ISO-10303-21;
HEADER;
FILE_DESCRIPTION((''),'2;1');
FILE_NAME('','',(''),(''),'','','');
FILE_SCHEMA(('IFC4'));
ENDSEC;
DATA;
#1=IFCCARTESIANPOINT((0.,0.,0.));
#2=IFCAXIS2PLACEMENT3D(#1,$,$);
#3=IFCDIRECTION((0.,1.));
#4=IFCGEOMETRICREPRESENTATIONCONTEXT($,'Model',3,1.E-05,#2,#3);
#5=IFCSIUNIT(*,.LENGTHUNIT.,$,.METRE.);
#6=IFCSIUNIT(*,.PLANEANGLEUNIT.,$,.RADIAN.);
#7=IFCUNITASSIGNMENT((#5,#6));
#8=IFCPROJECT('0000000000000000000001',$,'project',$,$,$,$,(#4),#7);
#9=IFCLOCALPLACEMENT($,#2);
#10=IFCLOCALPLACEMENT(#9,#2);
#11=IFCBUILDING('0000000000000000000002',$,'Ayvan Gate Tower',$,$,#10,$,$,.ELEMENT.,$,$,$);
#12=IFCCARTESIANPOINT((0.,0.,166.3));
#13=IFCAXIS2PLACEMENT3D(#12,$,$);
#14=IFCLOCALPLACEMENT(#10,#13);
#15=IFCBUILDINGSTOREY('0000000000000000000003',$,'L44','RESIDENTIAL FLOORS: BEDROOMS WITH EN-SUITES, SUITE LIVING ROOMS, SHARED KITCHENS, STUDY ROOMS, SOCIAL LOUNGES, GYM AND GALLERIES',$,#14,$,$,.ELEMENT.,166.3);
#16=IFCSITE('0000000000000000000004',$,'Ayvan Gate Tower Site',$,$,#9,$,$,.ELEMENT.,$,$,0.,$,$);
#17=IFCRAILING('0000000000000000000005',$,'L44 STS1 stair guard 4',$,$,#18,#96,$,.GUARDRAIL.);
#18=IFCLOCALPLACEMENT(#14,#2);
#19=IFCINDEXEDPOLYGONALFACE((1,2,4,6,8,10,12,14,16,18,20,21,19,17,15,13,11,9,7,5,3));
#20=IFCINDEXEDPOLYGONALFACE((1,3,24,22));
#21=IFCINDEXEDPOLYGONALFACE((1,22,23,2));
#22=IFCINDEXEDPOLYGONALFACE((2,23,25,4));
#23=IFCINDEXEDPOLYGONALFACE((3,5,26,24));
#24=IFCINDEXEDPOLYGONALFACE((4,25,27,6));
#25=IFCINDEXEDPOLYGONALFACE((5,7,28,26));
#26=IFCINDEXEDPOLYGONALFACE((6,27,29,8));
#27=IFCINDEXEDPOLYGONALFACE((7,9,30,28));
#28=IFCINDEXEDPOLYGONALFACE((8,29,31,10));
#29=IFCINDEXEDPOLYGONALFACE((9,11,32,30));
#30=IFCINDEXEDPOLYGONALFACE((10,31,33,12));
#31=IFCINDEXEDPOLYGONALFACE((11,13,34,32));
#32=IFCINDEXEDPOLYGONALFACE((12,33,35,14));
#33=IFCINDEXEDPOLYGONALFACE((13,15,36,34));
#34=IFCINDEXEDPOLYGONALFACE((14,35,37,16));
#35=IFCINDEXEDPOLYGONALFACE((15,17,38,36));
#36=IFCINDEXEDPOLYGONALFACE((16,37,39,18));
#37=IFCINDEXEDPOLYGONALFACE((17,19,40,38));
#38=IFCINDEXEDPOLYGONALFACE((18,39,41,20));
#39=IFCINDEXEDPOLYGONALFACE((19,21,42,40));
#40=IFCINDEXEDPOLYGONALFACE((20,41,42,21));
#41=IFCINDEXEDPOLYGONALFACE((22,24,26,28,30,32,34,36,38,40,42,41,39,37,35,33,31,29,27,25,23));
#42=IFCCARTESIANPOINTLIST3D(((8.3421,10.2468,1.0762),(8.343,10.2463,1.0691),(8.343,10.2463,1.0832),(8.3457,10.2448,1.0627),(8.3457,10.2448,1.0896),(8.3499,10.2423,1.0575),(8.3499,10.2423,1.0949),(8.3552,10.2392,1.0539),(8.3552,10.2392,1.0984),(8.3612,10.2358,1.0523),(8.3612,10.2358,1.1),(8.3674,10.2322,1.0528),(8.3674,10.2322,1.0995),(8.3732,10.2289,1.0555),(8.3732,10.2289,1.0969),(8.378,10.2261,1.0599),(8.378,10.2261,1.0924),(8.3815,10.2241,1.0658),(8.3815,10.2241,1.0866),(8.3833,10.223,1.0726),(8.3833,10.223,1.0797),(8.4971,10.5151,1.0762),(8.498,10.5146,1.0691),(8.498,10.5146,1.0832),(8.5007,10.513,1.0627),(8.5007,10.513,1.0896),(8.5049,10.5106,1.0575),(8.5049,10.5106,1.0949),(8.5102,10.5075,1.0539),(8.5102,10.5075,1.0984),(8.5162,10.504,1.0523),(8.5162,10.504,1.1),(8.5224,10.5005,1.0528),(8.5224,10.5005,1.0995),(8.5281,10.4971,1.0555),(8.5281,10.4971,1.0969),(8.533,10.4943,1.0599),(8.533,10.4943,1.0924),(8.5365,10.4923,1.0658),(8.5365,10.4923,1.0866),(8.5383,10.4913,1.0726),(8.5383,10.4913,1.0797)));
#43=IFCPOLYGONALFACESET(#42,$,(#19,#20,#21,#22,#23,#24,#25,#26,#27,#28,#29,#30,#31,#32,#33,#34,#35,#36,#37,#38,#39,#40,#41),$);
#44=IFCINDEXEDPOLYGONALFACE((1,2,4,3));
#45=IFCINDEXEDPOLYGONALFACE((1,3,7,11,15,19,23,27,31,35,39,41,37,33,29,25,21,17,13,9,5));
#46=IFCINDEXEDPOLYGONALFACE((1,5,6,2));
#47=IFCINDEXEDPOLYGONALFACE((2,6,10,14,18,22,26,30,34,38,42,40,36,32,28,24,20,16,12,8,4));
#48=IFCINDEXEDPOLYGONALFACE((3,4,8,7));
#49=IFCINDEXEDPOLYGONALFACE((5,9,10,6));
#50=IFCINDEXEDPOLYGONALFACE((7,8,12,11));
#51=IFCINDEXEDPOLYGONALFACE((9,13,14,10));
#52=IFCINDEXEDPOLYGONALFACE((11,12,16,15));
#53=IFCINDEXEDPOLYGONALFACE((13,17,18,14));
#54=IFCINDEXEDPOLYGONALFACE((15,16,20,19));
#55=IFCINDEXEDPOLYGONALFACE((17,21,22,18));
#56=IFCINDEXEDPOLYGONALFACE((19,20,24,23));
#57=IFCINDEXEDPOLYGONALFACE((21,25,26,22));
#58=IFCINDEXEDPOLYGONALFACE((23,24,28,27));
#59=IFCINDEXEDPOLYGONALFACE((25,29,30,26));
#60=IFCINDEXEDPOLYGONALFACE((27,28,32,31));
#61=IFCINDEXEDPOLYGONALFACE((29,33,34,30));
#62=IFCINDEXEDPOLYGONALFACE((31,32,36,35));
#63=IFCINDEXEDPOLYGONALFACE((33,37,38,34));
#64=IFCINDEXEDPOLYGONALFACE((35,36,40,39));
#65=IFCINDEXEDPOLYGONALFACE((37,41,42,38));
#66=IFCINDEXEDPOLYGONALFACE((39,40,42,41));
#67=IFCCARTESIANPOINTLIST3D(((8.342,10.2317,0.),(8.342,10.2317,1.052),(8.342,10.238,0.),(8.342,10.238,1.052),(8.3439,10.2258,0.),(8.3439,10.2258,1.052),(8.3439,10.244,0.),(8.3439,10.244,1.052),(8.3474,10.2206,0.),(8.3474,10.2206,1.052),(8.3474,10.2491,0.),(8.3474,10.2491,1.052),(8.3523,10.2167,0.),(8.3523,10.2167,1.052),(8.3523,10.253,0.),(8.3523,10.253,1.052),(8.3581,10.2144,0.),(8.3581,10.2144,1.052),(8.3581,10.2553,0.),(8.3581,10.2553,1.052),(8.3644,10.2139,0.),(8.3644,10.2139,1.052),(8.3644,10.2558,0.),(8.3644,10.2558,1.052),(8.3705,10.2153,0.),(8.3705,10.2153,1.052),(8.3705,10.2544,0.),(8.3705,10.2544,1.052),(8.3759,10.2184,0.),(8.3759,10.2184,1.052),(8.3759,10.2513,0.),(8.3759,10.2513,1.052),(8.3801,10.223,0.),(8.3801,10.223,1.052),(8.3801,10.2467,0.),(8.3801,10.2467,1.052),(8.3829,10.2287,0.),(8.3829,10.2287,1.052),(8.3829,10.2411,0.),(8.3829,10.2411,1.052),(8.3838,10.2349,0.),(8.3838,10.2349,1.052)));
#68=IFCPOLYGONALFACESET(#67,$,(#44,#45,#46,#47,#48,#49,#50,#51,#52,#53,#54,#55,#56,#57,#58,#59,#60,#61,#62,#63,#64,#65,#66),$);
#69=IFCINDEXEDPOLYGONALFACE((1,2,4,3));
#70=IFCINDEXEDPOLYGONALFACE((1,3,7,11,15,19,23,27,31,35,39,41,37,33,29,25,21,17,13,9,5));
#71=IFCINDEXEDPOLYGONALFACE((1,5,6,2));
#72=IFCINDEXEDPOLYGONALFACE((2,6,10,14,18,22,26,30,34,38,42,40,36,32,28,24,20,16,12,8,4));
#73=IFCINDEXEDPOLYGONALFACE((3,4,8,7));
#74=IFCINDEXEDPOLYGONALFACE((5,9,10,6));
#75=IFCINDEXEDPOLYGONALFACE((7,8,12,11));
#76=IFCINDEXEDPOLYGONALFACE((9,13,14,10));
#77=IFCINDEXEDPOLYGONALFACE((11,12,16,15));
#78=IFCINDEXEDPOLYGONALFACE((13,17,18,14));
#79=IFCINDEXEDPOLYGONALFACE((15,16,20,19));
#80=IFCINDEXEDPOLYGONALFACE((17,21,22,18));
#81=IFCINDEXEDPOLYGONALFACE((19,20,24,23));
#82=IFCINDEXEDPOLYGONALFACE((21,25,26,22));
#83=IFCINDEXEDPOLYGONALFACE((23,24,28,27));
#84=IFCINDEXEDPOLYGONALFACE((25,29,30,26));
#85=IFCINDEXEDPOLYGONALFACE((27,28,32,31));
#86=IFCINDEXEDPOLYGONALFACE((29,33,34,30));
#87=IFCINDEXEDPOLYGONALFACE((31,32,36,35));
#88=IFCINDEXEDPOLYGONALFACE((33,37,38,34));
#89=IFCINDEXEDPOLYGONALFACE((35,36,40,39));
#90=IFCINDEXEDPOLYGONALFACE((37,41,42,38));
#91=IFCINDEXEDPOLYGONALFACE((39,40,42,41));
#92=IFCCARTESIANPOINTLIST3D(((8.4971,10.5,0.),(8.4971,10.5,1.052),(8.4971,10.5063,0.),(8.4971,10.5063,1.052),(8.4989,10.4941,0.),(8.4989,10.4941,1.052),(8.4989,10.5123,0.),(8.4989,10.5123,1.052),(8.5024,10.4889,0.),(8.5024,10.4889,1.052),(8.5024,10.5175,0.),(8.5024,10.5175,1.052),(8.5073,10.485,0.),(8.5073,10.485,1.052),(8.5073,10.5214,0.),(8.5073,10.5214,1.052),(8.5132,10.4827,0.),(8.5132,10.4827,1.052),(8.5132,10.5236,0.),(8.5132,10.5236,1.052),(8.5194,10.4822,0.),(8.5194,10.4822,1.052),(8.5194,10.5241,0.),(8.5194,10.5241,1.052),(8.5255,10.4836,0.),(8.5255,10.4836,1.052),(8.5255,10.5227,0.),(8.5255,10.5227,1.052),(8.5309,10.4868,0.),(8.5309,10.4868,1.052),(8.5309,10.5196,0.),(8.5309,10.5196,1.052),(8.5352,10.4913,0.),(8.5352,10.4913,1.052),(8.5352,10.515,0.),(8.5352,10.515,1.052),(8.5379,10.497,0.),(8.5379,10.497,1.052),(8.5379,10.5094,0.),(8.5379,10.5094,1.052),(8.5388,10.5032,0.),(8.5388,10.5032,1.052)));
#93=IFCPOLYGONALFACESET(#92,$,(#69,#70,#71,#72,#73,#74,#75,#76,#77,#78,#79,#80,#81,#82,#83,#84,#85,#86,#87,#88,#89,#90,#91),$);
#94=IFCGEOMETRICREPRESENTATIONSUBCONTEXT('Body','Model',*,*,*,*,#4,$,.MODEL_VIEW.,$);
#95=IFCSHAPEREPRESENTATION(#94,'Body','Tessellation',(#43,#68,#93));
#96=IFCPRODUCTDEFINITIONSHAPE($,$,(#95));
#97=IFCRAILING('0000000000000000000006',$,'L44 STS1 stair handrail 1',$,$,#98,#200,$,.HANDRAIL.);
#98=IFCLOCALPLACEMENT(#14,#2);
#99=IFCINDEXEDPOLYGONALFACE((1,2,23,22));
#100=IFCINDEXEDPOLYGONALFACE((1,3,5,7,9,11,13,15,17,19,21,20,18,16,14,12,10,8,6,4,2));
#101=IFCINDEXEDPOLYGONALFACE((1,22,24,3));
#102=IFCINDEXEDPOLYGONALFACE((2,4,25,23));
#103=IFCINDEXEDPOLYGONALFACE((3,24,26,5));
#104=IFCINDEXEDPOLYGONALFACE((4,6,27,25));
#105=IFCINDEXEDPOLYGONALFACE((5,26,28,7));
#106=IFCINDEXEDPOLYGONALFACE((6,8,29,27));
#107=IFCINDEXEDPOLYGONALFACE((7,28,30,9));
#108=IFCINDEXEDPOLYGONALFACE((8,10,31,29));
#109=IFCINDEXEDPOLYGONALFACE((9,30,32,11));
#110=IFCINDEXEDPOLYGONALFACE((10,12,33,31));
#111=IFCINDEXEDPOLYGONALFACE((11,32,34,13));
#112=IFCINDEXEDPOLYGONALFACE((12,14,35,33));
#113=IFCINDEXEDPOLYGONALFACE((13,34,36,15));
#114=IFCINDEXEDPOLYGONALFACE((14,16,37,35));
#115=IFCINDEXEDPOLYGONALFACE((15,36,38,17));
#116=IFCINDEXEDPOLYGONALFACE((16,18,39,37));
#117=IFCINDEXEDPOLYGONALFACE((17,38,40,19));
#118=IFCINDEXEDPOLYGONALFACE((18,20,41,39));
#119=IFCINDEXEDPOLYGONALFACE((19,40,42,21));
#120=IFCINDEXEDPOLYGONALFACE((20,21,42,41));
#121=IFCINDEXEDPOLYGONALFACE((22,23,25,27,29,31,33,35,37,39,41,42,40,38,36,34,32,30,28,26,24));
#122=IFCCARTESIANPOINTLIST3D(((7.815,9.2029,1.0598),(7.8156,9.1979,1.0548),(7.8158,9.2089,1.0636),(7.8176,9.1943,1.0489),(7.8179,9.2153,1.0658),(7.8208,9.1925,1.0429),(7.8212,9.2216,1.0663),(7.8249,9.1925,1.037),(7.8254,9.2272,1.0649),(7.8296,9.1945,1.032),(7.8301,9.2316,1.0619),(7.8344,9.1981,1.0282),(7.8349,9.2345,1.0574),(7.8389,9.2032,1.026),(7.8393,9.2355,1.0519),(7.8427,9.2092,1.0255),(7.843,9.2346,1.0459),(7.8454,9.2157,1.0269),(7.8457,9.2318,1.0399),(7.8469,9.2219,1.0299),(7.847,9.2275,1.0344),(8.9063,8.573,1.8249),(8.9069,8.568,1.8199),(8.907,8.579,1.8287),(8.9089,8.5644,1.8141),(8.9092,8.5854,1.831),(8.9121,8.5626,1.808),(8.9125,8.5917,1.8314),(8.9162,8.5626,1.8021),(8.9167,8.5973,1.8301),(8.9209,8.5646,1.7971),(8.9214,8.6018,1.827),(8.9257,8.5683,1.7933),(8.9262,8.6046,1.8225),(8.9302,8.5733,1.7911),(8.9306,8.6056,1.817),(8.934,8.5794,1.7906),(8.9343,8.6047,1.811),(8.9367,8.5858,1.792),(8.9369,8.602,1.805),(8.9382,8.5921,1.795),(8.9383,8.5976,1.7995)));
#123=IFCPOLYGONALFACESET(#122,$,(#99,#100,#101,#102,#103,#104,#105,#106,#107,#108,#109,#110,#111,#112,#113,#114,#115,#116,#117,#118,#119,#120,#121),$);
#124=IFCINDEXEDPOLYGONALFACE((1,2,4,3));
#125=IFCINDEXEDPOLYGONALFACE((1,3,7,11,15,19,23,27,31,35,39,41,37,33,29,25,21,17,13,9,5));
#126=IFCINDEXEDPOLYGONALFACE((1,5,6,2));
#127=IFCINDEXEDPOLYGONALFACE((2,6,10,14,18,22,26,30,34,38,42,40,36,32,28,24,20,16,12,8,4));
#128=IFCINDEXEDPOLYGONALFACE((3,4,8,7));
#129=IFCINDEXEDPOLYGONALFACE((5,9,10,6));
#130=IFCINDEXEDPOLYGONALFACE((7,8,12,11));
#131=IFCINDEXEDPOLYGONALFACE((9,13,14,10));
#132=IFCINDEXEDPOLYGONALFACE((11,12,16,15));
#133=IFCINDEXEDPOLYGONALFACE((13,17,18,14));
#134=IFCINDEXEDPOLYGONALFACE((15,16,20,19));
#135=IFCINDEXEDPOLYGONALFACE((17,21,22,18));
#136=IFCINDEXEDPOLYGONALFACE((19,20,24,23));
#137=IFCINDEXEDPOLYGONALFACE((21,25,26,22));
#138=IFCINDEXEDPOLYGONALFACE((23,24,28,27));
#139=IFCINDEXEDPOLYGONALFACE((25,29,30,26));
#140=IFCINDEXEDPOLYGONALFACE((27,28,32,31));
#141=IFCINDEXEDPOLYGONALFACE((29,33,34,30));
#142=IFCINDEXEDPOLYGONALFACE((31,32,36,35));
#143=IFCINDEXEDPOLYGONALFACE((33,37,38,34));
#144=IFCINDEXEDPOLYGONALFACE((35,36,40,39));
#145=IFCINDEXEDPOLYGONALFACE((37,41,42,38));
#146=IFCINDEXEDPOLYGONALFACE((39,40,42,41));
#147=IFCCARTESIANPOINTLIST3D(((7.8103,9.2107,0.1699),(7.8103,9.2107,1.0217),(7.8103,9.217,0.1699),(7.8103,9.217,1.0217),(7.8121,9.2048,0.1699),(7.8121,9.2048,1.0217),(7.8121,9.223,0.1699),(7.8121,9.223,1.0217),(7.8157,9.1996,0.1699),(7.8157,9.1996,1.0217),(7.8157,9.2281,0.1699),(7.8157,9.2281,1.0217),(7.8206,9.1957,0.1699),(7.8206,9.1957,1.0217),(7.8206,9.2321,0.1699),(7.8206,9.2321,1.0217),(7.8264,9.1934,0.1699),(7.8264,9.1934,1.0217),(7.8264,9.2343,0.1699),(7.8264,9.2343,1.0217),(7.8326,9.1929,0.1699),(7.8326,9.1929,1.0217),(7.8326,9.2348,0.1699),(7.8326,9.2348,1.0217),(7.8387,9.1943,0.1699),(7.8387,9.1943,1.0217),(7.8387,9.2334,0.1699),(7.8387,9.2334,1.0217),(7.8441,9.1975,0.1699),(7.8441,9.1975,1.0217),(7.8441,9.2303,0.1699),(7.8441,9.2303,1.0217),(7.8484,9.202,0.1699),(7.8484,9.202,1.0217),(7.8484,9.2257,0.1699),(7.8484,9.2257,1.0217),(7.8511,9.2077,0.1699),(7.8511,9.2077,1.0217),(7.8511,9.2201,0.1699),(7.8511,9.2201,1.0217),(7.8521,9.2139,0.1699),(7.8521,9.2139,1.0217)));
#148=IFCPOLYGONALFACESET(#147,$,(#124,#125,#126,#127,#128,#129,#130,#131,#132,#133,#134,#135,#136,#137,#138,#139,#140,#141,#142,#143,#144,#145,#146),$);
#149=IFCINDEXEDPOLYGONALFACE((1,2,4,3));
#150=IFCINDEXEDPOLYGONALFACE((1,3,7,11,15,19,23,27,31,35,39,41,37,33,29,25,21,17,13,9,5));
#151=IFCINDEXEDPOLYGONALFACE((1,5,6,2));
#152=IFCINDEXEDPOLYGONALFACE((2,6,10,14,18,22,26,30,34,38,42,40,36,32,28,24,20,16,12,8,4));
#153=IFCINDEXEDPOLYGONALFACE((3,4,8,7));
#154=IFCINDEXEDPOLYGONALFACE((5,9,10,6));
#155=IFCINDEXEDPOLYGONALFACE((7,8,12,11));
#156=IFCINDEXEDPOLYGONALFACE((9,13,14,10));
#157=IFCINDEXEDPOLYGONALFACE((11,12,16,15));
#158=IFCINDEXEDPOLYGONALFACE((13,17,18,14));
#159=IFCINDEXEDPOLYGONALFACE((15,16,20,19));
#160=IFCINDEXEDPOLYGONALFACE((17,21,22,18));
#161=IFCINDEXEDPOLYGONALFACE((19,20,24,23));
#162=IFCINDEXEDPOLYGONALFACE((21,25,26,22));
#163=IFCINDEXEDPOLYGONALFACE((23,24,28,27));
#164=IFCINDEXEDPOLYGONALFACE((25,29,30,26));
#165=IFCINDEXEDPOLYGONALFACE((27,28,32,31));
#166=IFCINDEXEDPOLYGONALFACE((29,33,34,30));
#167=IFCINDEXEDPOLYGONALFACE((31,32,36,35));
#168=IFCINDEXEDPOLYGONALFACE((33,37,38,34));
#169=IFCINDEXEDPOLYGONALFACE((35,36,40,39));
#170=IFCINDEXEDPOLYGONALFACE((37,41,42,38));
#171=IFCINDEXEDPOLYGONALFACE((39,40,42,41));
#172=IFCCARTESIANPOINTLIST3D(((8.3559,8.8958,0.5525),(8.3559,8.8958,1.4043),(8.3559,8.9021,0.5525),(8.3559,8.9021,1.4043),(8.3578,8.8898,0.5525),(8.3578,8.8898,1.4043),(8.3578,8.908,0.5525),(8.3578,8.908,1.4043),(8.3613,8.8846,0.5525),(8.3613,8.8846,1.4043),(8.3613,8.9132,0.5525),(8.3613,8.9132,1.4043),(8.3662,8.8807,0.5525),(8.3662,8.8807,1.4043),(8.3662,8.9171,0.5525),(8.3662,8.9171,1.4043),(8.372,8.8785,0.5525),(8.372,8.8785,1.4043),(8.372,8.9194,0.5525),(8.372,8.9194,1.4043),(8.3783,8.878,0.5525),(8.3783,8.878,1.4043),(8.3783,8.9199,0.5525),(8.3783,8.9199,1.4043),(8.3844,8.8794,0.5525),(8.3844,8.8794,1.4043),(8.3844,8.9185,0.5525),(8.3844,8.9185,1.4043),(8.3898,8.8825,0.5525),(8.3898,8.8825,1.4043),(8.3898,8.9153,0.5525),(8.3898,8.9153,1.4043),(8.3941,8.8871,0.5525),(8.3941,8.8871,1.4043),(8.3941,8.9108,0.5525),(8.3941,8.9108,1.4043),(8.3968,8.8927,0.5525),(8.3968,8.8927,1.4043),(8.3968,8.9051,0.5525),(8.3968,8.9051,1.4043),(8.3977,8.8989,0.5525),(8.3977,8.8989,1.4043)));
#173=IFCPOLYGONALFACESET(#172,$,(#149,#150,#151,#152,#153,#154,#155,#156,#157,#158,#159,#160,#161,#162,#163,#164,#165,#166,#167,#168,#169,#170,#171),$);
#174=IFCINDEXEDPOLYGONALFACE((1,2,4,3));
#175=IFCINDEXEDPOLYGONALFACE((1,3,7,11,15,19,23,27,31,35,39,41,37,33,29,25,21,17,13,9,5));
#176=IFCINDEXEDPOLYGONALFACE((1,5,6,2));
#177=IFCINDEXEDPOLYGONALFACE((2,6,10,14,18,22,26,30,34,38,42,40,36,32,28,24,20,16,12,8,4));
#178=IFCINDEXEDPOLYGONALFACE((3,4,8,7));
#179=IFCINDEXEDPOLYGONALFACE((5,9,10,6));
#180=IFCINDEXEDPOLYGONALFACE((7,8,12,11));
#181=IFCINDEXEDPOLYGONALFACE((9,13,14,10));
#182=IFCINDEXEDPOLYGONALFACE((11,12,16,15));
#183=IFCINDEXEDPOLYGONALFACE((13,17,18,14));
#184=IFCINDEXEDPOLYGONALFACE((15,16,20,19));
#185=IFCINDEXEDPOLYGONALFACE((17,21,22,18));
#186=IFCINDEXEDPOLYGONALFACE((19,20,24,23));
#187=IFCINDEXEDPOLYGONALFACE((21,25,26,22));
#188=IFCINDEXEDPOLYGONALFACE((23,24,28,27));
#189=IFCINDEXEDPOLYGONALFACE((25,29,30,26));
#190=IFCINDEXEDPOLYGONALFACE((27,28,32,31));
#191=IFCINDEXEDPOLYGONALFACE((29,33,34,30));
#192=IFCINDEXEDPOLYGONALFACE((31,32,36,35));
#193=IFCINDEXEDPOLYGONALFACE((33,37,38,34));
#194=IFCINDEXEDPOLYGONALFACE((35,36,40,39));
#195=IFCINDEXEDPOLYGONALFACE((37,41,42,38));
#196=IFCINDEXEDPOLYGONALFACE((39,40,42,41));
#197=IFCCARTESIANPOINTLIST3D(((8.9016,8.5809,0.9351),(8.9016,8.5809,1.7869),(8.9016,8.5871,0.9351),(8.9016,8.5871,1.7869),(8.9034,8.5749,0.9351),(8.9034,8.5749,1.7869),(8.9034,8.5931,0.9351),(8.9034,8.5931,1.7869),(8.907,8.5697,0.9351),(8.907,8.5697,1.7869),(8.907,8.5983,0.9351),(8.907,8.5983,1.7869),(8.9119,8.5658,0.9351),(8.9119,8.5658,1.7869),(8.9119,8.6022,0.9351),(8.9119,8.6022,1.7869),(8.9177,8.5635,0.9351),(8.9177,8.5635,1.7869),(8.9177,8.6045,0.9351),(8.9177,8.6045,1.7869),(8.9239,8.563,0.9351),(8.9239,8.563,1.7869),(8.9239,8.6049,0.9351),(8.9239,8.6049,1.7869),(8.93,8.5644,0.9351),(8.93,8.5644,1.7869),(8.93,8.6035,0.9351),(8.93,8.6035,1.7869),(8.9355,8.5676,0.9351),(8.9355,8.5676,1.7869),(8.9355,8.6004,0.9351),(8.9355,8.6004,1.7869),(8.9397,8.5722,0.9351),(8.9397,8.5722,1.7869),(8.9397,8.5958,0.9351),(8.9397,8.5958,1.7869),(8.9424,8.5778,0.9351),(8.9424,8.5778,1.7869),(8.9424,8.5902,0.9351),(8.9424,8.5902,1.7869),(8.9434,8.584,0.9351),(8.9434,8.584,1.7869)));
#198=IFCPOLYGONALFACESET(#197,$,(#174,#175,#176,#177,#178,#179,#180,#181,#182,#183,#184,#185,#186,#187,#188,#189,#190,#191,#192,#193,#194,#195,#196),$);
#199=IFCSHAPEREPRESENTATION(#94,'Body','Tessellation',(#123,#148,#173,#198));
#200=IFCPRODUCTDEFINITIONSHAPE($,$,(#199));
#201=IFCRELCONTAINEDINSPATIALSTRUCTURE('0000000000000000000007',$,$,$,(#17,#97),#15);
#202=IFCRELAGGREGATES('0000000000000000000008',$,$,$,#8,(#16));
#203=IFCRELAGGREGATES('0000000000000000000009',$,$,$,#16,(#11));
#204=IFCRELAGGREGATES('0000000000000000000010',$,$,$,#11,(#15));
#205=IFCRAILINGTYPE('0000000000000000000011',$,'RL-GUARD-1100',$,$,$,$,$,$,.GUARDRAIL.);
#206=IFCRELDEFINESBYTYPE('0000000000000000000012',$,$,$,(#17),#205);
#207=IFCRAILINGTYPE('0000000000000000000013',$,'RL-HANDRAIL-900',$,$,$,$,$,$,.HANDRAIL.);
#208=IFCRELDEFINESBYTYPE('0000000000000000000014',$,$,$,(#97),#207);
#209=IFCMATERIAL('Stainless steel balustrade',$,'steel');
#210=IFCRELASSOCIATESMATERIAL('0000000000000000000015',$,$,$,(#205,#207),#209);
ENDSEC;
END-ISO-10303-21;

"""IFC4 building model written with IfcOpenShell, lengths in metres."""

from ifc_helpers import new_model, si_unit, direction, frame, origin, origin_2d, place, context, subcontext, project, spatial, circle, extrude, material, type_object, element, save


model = new_model("IFC4")

# Units and contexts
model_context = context("Model", 3, precision=1e-05, world=origin(), true_north=direction((0.0, 1.0)))
body_context = subcontext(model_context, "Body", "Model", "MODEL_VIEW")
ifc_project = project(units=[si_unit("LENGTHUNIT", "METRE"), si_unit("PLANEANGLEUNIT", "RADIAN")], contexts=[model_context])

# Site, building, storey
site_placement = place(None, origin())
site = spatial("IfcSite", under=ifc_project, at=site_placement, Name="Ayvan Gate Tower Site", CompositionType="ELEMENT", RefElevation=0.0)
building_placement = place(site_placement, origin())
building = spatial("IfcBuilding", under=site, at=building_placement, Name="Ayvan Gate Tower", CompositionType="ELEMENT")
storey_placement = place(building_placement, frame((0.0, 0.0, 166.3)))
storey = spatial("IfcBuildingStorey", under=building, at=storey_placement, Name="L44", Description="RESIDENTIAL FLOORS: BEDROOMS WITH EN-SUITES, SUITE LIVING ROOMS, SHARED KITCHENS, STUDY ROOMS, SOCIAL LOUNGES, GYM AND GALLERIES", CompositionType="ELEMENT", Elevation=166.3)

# Railings
ifc_material_1 = material(Name="Stainless steel balustrade", Category="steel")
railing_type_1 = type_object("IfcRailingType", Name="RL-GUARD-1100", PredefinedType="GUARDRAIL", material=ifc_material_1)
railing_1_placement = place(storey_placement, frame((8.3628, 10.2349, 0.0)))
element("IfcRailing", 1, at=railing_1_placement, inside=storey, type_object=railing_type_1, Name="L44 STS1 stair guard 4", PredefinedType="GUARDRAIL", context=body_context, shape_type="SweptSolid", body=[
    extrude(circle(Radius=0.0239, at=origin_2d()), frame((0.0, 0.0, 1.0762), z_axis=(0.500291, 0.865857, 0.0), x_axis=(-0.865857, 0.500291, 0.0)), (0.0, 0.0, 1.0), 0.3098),
    extrude(circle(Radius=0.021, at=origin_2d()), origin(), (0.0, 0.0, 1.0), 1.052),
    extrude(circle(Radius=0.021, at=origin_2d()), frame((0.155, 0.2683, 0.0)), (0.0, 0.0, 1.0), 1.052),
])
railing_type_2 = type_object("IfcRailingType", Name="RL-HANDRAIL-900", PredefinedType="HANDRAIL", material=ifc_material_1)
railing_2_placement = place(storey_placement, frame((7.8311, 9.2139, 0.1699)))
element("IfcRailing", 2, at=railing_2_placement, inside=storey, type_object=railing_type_2, Name="L44 STS1 stair handrail 1", PredefinedType="HANDRAIL", context=body_context, shape_type="SweptSolid", body=[
    extrude(circle(Radius=0.0239, at=origin_2d()), frame((0.0, 0.0, 0.876), z_axis=(0.740293, -0.427283, 0.519033), x_axis=(0.49989, 0.866089, 0.0)), (0.0, 0.0, 1.0), 1.4741),
    extrude(circle(Radius=0.021, at=origin_2d()), origin(), (0.0, 0.0, 1.0), 0.8518),
    extrude(circle(Radius=0.021, at=origin_2d()), frame((0.5457, -0.3149, 0.3826)), (0.0, 0.0, 1.0), 0.8518),
    extrude(circle(Radius=0.021, at=origin_2d()), frame((1.0913, -0.6299, 0.7651)), (0.0, 0.0, 1.0), 0.8518),
])

save(model, "model.ifc")
